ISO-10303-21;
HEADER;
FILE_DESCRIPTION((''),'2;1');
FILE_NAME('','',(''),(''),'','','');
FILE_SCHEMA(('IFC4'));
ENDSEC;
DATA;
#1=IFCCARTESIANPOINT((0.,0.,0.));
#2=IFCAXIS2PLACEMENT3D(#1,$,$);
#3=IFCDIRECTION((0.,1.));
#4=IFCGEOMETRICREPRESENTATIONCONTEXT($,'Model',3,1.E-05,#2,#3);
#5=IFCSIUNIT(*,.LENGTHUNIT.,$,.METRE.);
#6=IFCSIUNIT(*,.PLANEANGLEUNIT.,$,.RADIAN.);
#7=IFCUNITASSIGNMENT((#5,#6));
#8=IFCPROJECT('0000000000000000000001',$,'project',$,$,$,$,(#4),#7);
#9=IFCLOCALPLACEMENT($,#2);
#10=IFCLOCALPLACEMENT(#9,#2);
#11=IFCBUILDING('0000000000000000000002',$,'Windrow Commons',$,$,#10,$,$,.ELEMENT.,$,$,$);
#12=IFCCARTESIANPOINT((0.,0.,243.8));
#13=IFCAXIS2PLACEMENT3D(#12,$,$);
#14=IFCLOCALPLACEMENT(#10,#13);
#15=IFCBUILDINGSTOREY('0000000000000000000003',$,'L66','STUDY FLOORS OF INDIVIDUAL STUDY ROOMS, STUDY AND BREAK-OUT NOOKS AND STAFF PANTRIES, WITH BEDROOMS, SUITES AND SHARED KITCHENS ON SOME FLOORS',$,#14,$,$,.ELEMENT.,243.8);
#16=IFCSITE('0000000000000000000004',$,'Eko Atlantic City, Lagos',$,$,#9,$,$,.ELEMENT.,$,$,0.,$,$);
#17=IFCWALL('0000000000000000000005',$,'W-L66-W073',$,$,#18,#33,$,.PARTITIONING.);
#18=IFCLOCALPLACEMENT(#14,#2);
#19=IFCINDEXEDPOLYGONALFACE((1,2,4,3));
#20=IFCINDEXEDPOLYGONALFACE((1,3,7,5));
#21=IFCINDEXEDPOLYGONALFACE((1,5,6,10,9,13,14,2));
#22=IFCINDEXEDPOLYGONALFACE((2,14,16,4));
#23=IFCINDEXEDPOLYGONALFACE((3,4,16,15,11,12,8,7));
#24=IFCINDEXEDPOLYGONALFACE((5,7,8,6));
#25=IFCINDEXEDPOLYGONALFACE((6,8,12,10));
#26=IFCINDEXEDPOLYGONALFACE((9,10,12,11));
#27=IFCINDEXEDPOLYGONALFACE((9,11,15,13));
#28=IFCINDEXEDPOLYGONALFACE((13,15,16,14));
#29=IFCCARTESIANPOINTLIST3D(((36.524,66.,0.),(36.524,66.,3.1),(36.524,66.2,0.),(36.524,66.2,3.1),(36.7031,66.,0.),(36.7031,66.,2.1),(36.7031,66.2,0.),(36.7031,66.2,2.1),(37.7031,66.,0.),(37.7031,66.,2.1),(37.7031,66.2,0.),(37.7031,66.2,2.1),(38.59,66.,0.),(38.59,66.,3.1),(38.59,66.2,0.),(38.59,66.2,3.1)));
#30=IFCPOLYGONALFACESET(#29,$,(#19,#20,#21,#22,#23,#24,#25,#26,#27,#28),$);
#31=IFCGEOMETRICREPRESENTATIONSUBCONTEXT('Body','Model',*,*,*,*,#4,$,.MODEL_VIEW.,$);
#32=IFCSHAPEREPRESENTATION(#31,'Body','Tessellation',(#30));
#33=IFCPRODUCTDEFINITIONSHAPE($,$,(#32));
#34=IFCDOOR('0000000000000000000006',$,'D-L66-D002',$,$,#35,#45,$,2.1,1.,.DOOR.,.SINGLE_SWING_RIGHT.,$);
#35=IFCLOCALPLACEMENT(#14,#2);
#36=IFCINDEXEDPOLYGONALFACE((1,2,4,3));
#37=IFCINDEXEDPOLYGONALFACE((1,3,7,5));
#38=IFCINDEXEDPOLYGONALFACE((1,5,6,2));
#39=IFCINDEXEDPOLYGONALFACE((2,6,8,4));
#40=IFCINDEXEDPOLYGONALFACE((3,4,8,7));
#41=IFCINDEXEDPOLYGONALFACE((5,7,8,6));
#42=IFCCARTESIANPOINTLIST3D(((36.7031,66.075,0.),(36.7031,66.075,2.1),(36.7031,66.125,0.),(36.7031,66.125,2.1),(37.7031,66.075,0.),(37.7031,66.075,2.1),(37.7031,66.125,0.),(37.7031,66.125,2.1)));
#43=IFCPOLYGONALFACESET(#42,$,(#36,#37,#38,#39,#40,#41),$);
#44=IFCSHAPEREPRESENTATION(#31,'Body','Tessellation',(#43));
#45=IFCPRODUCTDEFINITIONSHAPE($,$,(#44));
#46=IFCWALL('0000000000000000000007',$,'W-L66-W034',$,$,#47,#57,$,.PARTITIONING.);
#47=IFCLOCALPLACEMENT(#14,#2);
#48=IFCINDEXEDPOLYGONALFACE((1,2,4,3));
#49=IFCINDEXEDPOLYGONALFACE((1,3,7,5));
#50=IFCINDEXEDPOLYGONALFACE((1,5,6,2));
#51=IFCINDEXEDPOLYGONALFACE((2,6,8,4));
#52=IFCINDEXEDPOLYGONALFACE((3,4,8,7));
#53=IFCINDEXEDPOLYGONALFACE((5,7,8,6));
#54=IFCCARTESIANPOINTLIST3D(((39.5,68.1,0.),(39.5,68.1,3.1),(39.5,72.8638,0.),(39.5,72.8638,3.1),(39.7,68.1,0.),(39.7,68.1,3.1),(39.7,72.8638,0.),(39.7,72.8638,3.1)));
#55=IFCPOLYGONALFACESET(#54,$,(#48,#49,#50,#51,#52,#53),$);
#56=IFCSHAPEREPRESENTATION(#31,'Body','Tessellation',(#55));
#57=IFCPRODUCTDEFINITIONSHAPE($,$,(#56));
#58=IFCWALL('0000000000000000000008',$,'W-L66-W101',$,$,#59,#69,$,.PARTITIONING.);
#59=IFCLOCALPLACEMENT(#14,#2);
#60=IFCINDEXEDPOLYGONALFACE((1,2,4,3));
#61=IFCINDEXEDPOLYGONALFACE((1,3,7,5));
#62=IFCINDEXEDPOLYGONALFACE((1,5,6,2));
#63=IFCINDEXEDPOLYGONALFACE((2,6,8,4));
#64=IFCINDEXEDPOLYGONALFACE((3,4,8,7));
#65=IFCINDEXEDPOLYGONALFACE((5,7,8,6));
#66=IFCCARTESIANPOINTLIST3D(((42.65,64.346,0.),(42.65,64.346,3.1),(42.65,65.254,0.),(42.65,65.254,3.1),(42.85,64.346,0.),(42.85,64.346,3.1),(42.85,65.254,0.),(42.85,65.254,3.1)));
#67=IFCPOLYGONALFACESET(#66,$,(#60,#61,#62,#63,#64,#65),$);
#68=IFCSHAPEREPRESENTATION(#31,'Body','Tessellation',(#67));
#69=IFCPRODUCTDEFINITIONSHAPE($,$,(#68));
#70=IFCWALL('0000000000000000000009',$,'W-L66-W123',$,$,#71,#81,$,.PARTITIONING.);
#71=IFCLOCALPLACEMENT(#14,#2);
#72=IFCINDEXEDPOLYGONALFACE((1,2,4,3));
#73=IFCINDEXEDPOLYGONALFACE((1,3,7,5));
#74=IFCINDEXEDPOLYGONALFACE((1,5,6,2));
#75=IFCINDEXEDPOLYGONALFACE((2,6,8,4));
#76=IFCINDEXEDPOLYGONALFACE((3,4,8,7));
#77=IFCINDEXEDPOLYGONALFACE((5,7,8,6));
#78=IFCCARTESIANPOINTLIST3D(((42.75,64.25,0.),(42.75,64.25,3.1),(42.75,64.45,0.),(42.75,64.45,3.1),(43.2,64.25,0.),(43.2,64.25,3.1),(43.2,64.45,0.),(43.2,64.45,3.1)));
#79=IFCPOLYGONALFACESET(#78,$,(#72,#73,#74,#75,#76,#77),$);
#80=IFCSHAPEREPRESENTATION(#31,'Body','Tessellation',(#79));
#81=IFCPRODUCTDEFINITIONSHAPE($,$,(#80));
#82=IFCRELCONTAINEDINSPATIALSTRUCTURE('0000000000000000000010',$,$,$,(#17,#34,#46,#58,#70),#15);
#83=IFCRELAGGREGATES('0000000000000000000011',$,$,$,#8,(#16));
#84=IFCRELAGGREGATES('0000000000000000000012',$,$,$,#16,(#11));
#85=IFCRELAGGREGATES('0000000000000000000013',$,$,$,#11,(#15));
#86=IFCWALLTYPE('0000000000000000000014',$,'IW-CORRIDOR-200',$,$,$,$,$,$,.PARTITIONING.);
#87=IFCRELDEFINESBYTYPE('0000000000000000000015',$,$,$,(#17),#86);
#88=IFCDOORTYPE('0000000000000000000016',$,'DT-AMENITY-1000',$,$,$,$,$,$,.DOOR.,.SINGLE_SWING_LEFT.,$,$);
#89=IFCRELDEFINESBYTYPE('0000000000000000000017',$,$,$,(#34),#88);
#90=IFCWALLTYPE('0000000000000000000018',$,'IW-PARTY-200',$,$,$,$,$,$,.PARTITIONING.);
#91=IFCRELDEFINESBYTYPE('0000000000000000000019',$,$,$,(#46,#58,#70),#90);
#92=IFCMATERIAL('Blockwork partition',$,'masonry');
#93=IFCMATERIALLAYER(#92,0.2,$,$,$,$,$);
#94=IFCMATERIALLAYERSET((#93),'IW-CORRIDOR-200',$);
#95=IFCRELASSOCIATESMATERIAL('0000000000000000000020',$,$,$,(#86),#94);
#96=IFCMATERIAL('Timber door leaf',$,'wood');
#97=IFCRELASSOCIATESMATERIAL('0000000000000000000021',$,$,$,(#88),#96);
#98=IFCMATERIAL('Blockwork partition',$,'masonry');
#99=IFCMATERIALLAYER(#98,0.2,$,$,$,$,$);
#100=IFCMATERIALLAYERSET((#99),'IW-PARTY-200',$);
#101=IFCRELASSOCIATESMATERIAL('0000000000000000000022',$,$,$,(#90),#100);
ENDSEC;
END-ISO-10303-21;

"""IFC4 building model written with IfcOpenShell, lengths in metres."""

from ifc_helpers import new_model, si_unit, direction, frame, frame_2d, origin, place, context, subcontext, project, spatial, rectangle, extrude, material, layer, layer_set, type_object, element, fill, save


model = new_model("IFC4")

# Units and contexts
model_context = context("Model", 3, precision=1e-05, world=origin(), true_north=direction((0.0, 1.0)))
body_context = subcontext(model_context, "Body", "Model", "MODEL_VIEW")
ifc_project = project(units=[si_unit("LENGTHUNIT", "METRE"), si_unit("PLANEANGLEUNIT", "RADIAN")], contexts=[model_context])

# Site, building, storey
site_placement = place(None, origin())
site = spatial("IfcSite", under=ifc_project, at=site_placement, Name="Eko Atlantic City, Lagos", CompositionType="ELEMENT", RefElevation=0.0)
building_placement = place(site_placement, origin())
building = spatial("IfcBuilding", under=site, at=building_placement, Name="Windrow Commons", CompositionType="ELEMENT")
storey_placement = place(building_placement, frame((0.0, 0.0, 243.8)))
storey = spatial("IfcBuildingStorey", under=building, at=storey_placement, Name="L66", Description="STUDY FLOORS OF INDIVIDUAL STUDY ROOMS, STUDY AND BREAK-OUT NOOKS AND STAFF PANTRIES, WITH BEDROOMS, SUITES AND SHARED KITCHENS ON SOME FLOORS", CompositionType="ELEMENT", Elevation=243.8)

# Shared definitions
ifc_material_1 = material(Name="Blockwork partition", Category="masonry")
ifc_layer_1 = layer(ifc_material_1, 0.2)
ifc_layer_set_1 = layer_set([ifc_layer_1], Name="IW-CORRIDOR-200")
wall_type_1 = type_object("IfcWallType", Name="IW-CORRIDOR-200", PredefinedType="PARTITIONING", material=ifc_layer_set_1)
ifc_material_2 = material(Name="Timber door leaf", Category="wood")
door_type = type_object("IfcDoorType", Name="DT-AMENITY-1000", OperationType="SINGLE_SWING_LEFT", PredefinedType="DOOR", material=ifc_material_2)

# Wall, opening, door
wall_1_placement = place(storey_placement, frame((36.524, 66.1, 0.0), z_axis=(0.0, 0.0, 1.0), x_axis=(1.0, 0.0, 0.0)))
wall_1 = element("IfcWall", 1, at=wall_1_placement, inside=storey, type_object=wall_type_1, Name="W-L66-W073", PredefinedType="PARTITIONING", context=body_context, shape_type="SweptSolid", body=[
    extrude(rectangle(XDim=2.066, YDim=0.2, at=frame_2d((1.033, 0.0))), origin(), (0.0, 0.0, 1.0), 3.1),
])
opening_1_placement = place(wall_1_placement, frame((0.1791, 0.0, 0.0)))
opening_1 = element("IfcOpeningElement", 2, at=opening_1_placement, cuts=wall_1, PredefinedType="OPENING", context=body_context, shape_type="SweptSolid", body=[
    extrude(rectangle(XDim=1.0, YDim=2.1, at=frame_2d((0.5, 1.05))), frame((0.0, 0.11, 0.0), z_axis=(0.0, -1.0, 0.0), x_axis=(1.0, 0.0, 0.0)), (0.0, 0.0, 1.0), 0.22),
])
door_1_placement = place(opening_1_placement, origin())
door_1 = element("IfcDoor", 3, at=door_1_placement, inside=storey, type_object=door_type, Name="D-L66-D002", OperationType="SINGLE_SWING_RIGHT", OverallHeight=2.1, OverallWidth=1.0, PredefinedType="DOOR", context=body_context, shape_type="SweptSolid", body=[
    extrude(rectangle(XDim=1.0, YDim=2.1, at=frame_2d((0.5, 1.05))), frame((0.0, 0.025, 0.0), z_axis=(0.0, -1.0, 0.0), x_axis=(1.0, 0.0, 0.0)), (0.0, 0.0, 1.0), 0.05),
])
fill(opening_1, door_1)

# Walls
ifc_material_3 = material(Name="Blockwork partition", Category="masonry")
ifc_layer_2 = layer(ifc_material_3, 0.2)
ifc_layer_set_2 = layer_set([ifc_layer_2], Name="IW-PARTY-200")
wall_type_2 = type_object("IfcWallType", Name="IW-PARTY-200", PredefinedType="PARTITIONING", material=ifc_layer_set_2)
wall_2_placement = place(storey_placement, frame((39.6, 68.1, 0.0), z_axis=(0.0, 0.0, 1.0), x_axis=(0.0, 1.0, 0.0)))
element("IfcWall", 4, at=wall_2_placement, inside=storey, type_object=wall_type_2, Name="W-L66-W034", PredefinedType="PARTITIONING", context=body_context, shape_type="SweptSolid", body=[
    extrude(rectangle(XDim=4.7638, YDim=0.2, at=frame_2d((2.3819, 0.0))), origin(), (0.0, 0.0, 1.0), 3.1),
])
wall_3_placement = place(storey_placement, frame((42.75, 64.346, 0.0), z_axis=(0.0, 0.0, 1.0), x_axis=(0.0, 1.0, 0.0)))
element("IfcWall", 5, at=wall_3_placement, inside=storey, type_object=wall_type_2, Name="W-L66-W101", PredefinedType="PARTITIONING", context=body_context, shape_type="SweptSolid", body=[
    extrude(rectangle(XDim=0.908, YDim=0.2, at=frame_2d((0.454, 0.0))), origin(), (0.0, 0.0, 1.0), 3.1),
])
wall_4_placement = place(storey_placement, frame((42.75, 64.35, 0.0), z_axis=(0.0, 0.0, 1.0), x_axis=(1.0, 0.0, 0.0)))
element("IfcWall", 6, at=wall_4_placement, inside=storey, type_object=wall_type_2, Name="W-L66-W123", PredefinedType="PARTITIONING", context=body_context, shape_type="SweptSolid", body=[
    extrude(rectangle(XDim=0.45, YDim=0.2, at=frame_2d((0.225, 0.0))), origin(), (0.0, 0.0, 1.0), 3.1),
])

save(model, "model.ifc")
